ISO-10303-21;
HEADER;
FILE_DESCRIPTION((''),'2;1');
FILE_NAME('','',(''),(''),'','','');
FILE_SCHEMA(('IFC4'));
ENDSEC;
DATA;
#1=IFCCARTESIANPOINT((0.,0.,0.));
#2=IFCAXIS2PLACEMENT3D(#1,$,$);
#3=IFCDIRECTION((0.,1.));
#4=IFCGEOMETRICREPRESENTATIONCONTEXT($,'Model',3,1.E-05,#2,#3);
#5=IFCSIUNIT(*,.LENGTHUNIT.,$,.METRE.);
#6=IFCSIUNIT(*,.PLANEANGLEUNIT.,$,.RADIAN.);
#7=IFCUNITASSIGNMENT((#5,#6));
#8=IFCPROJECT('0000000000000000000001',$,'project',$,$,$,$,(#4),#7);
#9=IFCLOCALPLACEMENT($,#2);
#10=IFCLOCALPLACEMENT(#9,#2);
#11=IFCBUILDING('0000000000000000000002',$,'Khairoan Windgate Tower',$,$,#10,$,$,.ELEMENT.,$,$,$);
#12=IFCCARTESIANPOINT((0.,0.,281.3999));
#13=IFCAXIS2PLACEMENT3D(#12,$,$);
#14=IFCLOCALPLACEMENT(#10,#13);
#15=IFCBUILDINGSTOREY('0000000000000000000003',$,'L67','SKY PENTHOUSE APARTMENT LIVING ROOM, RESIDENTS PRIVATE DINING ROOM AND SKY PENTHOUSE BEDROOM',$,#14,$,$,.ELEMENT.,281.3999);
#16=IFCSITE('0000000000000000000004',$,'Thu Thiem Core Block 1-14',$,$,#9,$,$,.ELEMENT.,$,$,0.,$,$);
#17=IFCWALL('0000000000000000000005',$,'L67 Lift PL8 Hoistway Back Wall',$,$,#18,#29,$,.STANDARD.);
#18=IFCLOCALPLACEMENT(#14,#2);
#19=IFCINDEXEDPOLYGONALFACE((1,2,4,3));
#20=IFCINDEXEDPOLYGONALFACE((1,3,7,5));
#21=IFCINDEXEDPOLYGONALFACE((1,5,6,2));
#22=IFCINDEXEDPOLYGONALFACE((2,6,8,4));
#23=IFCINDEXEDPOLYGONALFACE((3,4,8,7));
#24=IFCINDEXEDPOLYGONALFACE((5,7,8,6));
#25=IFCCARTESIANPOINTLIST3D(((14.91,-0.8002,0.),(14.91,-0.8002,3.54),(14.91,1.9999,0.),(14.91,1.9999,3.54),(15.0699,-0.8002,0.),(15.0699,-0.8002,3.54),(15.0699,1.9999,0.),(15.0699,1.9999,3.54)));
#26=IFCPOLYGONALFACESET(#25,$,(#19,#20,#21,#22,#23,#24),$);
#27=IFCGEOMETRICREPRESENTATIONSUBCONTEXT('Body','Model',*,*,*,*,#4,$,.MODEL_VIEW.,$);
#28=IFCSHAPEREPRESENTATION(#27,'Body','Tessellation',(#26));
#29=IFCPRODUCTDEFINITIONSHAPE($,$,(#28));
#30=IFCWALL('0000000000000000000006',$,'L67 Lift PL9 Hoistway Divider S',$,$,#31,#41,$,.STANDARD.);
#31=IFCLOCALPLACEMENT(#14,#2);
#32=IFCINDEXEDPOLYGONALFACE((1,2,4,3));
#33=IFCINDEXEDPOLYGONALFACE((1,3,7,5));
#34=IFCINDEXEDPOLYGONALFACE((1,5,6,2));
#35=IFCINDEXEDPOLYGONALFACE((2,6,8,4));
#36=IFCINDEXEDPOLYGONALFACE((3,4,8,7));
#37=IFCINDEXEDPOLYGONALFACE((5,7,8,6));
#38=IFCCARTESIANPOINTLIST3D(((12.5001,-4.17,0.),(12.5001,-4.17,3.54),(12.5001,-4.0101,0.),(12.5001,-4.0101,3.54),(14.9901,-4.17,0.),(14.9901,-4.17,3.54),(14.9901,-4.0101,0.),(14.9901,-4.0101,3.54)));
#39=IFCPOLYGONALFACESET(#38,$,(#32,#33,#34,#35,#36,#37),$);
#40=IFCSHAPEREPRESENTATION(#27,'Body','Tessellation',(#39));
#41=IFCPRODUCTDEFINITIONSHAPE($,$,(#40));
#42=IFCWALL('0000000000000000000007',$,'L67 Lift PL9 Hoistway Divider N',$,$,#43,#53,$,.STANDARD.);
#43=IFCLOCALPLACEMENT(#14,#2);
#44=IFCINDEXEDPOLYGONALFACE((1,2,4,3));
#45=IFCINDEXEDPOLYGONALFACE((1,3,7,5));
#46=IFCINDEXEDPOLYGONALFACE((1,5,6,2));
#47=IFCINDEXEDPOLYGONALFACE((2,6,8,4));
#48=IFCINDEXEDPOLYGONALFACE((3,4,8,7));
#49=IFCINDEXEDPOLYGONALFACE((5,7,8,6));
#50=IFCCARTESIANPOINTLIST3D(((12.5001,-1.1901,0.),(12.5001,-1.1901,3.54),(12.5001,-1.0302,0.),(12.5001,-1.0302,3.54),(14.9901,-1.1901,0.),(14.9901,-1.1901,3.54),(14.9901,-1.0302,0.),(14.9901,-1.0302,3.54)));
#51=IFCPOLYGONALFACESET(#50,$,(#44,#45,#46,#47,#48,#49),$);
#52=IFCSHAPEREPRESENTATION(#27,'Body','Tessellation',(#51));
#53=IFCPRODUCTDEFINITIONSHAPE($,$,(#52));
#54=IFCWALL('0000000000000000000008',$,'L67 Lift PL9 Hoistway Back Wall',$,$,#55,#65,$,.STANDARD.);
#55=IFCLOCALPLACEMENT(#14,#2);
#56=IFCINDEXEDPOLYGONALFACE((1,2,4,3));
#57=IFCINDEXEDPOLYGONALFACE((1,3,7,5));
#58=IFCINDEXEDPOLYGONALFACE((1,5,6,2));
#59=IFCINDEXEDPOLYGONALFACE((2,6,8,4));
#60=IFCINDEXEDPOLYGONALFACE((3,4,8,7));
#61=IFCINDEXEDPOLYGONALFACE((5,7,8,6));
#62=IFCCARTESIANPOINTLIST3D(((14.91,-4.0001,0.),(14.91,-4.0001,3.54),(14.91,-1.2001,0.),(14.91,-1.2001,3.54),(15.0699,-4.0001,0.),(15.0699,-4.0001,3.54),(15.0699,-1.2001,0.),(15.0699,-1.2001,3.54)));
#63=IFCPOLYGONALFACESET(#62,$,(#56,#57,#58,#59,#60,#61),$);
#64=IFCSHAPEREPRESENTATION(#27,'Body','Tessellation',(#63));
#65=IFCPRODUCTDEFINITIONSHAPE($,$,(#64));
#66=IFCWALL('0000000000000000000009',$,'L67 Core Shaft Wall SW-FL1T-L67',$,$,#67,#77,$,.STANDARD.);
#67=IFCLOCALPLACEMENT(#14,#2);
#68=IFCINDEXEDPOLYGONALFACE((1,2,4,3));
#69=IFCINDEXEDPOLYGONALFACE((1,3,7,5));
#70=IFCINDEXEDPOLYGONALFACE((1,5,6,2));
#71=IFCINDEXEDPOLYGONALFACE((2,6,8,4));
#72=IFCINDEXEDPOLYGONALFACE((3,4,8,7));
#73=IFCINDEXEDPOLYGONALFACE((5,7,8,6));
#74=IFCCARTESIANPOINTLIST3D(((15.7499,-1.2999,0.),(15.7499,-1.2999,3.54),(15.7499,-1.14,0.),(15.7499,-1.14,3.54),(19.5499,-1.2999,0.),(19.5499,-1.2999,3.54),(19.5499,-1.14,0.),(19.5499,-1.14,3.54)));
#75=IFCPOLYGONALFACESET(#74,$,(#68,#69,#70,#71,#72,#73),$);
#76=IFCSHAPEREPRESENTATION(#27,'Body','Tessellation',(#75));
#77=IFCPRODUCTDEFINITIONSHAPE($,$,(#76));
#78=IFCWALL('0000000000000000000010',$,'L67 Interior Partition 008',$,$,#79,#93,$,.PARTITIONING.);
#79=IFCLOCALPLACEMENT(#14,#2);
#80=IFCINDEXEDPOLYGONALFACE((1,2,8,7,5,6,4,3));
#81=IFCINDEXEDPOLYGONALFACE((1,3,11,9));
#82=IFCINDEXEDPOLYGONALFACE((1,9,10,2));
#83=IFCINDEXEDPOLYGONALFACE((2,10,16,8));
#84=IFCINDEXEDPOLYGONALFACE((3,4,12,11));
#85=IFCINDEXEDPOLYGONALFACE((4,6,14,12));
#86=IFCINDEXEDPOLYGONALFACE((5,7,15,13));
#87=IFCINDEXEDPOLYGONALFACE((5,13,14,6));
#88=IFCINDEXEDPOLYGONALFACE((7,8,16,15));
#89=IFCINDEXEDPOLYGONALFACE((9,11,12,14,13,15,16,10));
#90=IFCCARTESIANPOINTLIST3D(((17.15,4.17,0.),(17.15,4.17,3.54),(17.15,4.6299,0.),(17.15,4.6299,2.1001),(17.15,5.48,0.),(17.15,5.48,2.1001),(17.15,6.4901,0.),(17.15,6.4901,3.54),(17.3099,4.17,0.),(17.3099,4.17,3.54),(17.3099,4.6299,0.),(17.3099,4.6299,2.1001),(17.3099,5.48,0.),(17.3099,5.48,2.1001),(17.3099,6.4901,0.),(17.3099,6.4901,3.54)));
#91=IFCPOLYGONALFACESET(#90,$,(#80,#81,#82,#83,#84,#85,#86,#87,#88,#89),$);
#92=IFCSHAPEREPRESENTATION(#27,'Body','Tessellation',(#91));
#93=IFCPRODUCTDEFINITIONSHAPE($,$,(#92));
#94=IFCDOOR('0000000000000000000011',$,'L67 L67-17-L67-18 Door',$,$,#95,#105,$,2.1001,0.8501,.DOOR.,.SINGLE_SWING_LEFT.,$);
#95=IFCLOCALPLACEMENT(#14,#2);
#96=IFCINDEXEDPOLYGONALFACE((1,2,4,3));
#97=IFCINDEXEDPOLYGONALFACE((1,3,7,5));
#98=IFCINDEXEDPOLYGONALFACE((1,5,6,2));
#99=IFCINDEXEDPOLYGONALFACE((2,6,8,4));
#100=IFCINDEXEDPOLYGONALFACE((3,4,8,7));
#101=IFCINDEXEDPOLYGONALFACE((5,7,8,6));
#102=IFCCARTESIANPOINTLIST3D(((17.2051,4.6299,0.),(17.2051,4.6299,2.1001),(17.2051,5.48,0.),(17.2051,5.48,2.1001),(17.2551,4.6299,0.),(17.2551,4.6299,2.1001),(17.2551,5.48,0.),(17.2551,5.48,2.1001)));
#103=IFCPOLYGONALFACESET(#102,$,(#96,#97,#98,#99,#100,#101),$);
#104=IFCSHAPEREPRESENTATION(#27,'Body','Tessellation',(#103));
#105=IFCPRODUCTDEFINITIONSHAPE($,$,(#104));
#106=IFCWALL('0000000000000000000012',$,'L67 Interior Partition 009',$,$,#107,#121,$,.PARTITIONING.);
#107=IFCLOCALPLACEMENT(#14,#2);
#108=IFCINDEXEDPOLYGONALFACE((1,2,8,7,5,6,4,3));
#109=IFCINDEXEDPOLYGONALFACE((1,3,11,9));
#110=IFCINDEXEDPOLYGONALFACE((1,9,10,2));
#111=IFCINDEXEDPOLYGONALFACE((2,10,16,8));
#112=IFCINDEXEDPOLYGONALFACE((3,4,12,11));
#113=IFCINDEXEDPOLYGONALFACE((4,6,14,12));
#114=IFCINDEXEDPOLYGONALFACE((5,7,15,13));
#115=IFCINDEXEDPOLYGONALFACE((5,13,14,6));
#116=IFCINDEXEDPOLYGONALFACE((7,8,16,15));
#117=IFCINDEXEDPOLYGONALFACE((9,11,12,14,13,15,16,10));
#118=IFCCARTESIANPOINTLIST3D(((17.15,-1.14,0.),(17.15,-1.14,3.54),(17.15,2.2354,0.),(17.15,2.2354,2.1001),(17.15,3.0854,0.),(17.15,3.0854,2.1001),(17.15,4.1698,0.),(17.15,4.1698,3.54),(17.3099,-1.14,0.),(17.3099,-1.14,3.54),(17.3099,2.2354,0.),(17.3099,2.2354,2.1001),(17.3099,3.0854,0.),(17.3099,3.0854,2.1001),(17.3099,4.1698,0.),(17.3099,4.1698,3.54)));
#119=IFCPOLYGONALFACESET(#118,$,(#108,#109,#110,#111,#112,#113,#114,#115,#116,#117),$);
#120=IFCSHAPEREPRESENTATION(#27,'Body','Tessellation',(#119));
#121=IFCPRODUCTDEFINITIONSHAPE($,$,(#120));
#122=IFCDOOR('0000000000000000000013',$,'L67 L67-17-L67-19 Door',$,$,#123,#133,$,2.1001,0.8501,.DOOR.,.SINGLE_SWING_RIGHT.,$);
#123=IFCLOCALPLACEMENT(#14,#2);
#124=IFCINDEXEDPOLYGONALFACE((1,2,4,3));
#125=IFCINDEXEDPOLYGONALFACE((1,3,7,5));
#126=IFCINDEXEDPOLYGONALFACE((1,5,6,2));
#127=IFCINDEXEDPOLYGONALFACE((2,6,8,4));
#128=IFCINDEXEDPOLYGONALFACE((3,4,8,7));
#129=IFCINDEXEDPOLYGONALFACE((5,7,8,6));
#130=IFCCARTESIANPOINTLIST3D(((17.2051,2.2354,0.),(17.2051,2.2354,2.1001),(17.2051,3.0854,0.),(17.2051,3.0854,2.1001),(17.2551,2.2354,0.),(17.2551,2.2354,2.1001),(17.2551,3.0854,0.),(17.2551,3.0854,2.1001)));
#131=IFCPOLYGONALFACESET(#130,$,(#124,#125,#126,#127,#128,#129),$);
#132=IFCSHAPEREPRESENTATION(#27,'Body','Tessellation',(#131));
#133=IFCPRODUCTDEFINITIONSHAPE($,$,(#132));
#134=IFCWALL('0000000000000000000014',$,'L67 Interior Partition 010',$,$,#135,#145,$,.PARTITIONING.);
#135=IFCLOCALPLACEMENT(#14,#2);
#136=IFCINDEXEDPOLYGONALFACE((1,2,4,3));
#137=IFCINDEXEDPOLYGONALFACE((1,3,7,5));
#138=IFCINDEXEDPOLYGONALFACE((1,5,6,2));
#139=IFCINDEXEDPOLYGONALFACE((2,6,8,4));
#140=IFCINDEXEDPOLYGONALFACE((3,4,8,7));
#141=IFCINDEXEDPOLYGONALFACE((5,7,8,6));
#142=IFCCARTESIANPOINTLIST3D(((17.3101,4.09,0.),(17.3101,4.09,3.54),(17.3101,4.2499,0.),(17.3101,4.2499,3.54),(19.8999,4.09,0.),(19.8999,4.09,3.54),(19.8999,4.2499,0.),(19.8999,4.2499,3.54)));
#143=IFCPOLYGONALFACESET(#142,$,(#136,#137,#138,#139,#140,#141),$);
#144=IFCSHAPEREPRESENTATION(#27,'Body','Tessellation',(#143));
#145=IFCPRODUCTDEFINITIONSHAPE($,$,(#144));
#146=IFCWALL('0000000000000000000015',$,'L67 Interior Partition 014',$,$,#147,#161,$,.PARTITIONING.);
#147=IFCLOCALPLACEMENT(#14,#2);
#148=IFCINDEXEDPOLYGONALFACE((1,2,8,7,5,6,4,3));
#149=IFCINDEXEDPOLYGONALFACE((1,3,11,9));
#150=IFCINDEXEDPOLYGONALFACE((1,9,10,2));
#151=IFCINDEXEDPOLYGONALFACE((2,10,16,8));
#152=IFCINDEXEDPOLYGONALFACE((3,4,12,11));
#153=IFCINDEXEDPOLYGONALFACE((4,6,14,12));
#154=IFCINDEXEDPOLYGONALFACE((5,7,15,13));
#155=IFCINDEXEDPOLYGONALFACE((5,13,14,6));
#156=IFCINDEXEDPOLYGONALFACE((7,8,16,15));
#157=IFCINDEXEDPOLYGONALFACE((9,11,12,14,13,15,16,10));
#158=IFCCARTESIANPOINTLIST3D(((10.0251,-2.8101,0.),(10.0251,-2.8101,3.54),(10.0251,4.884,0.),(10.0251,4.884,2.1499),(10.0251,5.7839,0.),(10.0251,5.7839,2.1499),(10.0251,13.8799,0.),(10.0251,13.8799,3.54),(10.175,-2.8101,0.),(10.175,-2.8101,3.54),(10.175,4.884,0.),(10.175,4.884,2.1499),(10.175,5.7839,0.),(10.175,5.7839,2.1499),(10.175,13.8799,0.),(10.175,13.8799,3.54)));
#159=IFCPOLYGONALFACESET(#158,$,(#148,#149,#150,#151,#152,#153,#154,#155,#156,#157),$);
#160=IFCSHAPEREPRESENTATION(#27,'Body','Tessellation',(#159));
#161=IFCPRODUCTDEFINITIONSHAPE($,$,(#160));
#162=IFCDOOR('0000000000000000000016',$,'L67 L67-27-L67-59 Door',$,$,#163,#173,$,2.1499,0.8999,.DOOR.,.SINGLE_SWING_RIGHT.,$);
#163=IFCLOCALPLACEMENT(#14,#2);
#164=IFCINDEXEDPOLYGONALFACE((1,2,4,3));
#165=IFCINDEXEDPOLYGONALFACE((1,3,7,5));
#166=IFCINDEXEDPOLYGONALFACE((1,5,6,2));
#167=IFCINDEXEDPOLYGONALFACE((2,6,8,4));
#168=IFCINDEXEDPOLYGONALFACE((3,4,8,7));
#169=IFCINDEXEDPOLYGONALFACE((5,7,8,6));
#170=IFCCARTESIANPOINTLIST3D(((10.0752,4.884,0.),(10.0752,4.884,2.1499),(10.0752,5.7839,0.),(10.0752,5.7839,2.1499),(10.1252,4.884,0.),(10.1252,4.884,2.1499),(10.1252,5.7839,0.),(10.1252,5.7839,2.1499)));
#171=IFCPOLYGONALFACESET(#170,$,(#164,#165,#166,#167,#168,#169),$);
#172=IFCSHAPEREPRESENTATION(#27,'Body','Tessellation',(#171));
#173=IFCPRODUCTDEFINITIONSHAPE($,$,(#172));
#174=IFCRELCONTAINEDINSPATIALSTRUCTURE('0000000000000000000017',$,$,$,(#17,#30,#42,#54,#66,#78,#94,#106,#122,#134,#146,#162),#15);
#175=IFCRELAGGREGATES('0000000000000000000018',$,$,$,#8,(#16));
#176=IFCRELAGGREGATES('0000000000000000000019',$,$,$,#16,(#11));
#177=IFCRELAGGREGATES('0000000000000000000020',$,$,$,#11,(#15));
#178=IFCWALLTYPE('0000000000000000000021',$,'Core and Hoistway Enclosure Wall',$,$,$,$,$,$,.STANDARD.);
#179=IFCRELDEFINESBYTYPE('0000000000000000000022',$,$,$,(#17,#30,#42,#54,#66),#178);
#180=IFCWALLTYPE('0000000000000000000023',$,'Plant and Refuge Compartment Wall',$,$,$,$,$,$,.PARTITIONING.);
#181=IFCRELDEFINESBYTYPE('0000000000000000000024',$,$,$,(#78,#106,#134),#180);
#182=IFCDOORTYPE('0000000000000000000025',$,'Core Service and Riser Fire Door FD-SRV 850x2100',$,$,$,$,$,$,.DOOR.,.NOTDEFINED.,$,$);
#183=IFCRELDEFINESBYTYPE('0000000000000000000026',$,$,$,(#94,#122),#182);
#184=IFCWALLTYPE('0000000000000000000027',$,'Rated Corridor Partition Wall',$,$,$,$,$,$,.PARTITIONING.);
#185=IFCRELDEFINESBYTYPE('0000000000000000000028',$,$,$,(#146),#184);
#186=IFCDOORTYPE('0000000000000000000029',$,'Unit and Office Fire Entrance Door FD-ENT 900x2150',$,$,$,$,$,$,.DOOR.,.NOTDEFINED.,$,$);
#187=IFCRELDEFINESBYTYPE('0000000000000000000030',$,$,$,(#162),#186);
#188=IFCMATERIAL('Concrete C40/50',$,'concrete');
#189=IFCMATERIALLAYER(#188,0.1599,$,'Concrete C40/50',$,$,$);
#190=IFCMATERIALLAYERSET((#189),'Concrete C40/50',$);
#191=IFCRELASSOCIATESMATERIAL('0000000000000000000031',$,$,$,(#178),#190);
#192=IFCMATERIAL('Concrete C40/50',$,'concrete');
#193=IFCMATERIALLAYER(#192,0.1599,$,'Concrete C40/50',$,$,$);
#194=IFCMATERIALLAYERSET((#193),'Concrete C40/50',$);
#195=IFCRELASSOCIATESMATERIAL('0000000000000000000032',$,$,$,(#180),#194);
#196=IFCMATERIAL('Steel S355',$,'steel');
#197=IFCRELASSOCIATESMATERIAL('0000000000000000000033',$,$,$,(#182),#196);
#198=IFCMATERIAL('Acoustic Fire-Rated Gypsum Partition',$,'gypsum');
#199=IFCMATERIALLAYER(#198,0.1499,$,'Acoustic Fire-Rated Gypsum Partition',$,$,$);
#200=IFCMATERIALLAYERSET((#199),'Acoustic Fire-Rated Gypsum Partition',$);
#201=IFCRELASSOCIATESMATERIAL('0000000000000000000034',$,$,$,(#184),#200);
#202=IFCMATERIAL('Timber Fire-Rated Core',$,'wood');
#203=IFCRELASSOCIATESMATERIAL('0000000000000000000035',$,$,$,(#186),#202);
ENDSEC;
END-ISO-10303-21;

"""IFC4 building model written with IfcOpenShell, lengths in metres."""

from ifc_helpers import new_model, si_unit, direction, frame, frame_2d, origin, place, context, subcontext, project, spatial, rectangle, extrude, material, layer, layer_set, type_object, element, fill, save


model = new_model("IFC4")

# Units and contexts
model_context = context("Model", 3, precision=1e-05, world=origin(), true_north=direction((0.0, 1.0)))
body_context = subcontext(model_context, "Body", "Model", "MODEL_VIEW")
ifc_project = project(units=[si_unit("LENGTHUNIT", "METRE"), si_unit("PLANEANGLEUNIT", "RADIAN")], contexts=[model_context])

# Site, building, storey
site_placement = place(None, origin())
site = spatial("IfcSite", under=ifc_project, at=site_placement, Name="Thu Thiem Core Block 1-14", CompositionType="ELEMENT", RefElevation=0.0)
building_placement = place(site_placement, origin())
building = spatial("IfcBuilding", under=site, at=building_placement, Name="Khairoan Windgate Tower", CompositionType="ELEMENT")
storey_placement = place(building_placement, frame((0.0, 0.0, 281.3999)))
storey = spatial("IfcBuildingStorey", under=building, at=storey_placement, Name="L67", Description="SKY PENTHOUSE APARTMENT LIVING ROOM, RESIDENTS PRIVATE DINING ROOM AND SKY PENTHOUSE BEDROOM", CompositionType="ELEMENT", Elevation=281.3999)

# Walls
ifc_material_1 = material(Name="Concrete C40/50", Category="concrete")
ifc_layer_1 = layer(ifc_material_1, 0.1599, Name="Concrete C40/50")
ifc_layer_set_1 = layer_set([ifc_layer_1], Name="Concrete C40/50")
wall_type_1 = type_object("IfcWallType", Name="Core and Hoistway Enclosure Wall", PredefinedType="STANDARD", material=ifc_layer_set_1)
wall_1_placement = place(storey_placement, frame((14.99, -0.8, 0.0), z_axis=(0.0, 0.0, 1.0), x_axis=(0.0, 1.0, 0.0)))
element("IfcWall", 1, at=wall_1_placement, inside=storey, type_object=wall_type_1, Name="L67 Lift PL8 Hoistway Back Wall", PredefinedType="STANDARD", context=body_context, shape_type="SweptSolid", body=[
    extrude(rectangle(XDim=2.8, YDim=0.1599, at=frame_2d((1.3999, 0.0))), origin(), (0.0, 0.0, 1.0), 3.54),
])
for number, where, z_axis, x_axis, name in (
    (2, (12.5, -4.0901, 0.0), (0.0, 0.0, 1.0), (1.0, 0.0, 0.0), "L67 Lift PL9 Hoistway Divider S"),
    (3, (12.5, -1.1101, 0.0), (0.0, 0.0, 1.0), (1.0, 0.0, 0.0), "L67 Lift PL9 Hoistway Divider N"),
):
    element("IfcWall", number, at=place(storey_placement, frame(where, z_axis=z_axis, x_axis=x_axis)), inside=storey, type_object=wall_type_1, Name=name, PredefinedType="STANDARD", context=body_context, shape_type="SweptSolid", body=[
        extrude(rectangle(XDim=2.49, YDim=0.1599, at=frame_2d((1.2451, 0.0))), origin(), (0.0, 0.0, 1.0), 3.54),
    ])
wall_2_placement = place(storey_placement, frame((14.99, -4.0, 0.0), z_axis=(0.0, 0.0, 1.0), x_axis=(0.0, 1.0, 0.0)))
element("IfcWall", 4, at=wall_2_placement, inside=storey, type_object=wall_type_1, Name="L67 Lift PL9 Hoistway Back Wall", PredefinedType="STANDARD", context=body_context, shape_type="SweptSolid", body=[
    extrude(rectangle(XDim=2.8, YDim=0.1599, at=frame_2d((1.3999, 0.0))), origin(), (0.0, 0.0, 1.0), 3.54),
])
wall_3_placement = place(storey_placement, frame((15.75, -1.22, 0.0), z_axis=(0.0, 0.0, 1.0), x_axis=(1.0, 0.0, 0.0)))
element("IfcWall", 5, at=wall_3_placement, inside=storey, type_object=wall_type_1, Name="L67 Core Shaft Wall SW-FL1T-L67", PredefinedType="STANDARD", context=body_context, shape_type="SweptSolid", body=[
    extrude(rectangle(XDim=3.8, YDim=0.1599, at=frame_2d((1.8999, 0.0))), origin(), (0.0, 0.0, 1.0), 3.54),
])

# Walls, openings, doors
ifc_material_2 = material(Name="Concrete C40/50", Category="concrete")
ifc_layer_2 = layer(ifc_material_2, 0.1599, Name="Concrete C40/50")
ifc_layer_set_2 = layer_set([ifc_layer_2], Name="Concrete C40/50")
wall_type_2 = type_object("IfcWallType", Name="Plant and Refuge Compartment Wall", PredefinedType="PARTITIONING", material=ifc_layer_set_2)
wall_4_placement = place(storey_placement, frame((17.23, 4.1699, 0.0), z_axis=(0.0, 0.0, 1.0), x_axis=(0.0, 1.0, 0.0)))
wall_4 = element("IfcWall", 6, at=wall_4_placement, inside=storey, type_object=wall_type_2, Name="L67 Interior Partition 008", PredefinedType="PARTITIONING", context=body_context, shape_type="SweptSolid", body=[
    extrude(rectangle(XDim=2.3201, YDim=0.1599, at=frame_2d((1.1602, 0.0))), origin(), (0.0, 0.0, 1.0), 3.54),
])
opening_1_placement = place(wall_4_placement, frame((0.46, 0.0, 0.0)))
opening_1 = element("IfcOpeningElement", 7, at=opening_1_placement, cuts=wall_4, PredefinedType="OPENING", context=body_context, shape_type="SweptSolid", body=[
    extrude(rectangle(XDim=0.8501, YDim=2.1001, at=frame_2d((0.425, 1.05))), frame((0.0, 0.0898, 0.0), z_axis=(0.0, -1.0, 0.0), x_axis=(1.0, 0.0, 0.0)), (0.0, 0.0, 1.0), 0.1799),
])
ifc_material_3 = material(Name="Steel S355", Category="steel")
door_type_1 = type_object("IfcDoorType", Name="Core Service and Riser Fire Door FD-SRV 850x2100", OperationType="NOTDEFINED", PredefinedType="DOOR", material=ifc_material_3)
door_1_placement = place(opening_1_placement, origin())
door_1 = element("IfcDoor", 8, at=door_1_placement, inside=storey, type_object=door_type_1, Name="L67 L67-17-L67-18 Door", OperationType="SINGLE_SWING_LEFT", OverallHeight=2.1001, OverallWidth=0.8501, PredefinedType="DOOR", context=body_context, shape_type="SweptSolid", body=[
    extrude(rectangle(XDim=0.8501, YDim=2.1001, at=frame_2d((0.425, 1.05))), frame((0.0, 0.0249, 0.0), z_axis=(0.0, -1.0, 0.0), x_axis=(1.0, 0.0, 0.0)), (0.0, 0.0, 1.0), 0.05),
])
fill(opening_1, door_1)
wall_5_placement = place(storey_placement, frame((17.23, -1.1399, 0.0), z_axis=(0.0, 0.0, 1.0), x_axis=(0.0, 1.0, 0.0)))
wall_5 = element("IfcWall", 9, at=wall_5_placement, inside=storey, type_object=wall_type_2, Name="L67 Interior Partition 009", PredefinedType="PARTITIONING", context=body_context, shape_type="SweptSolid", body=[
    extrude(rectangle(XDim=5.3098, YDim=0.1599, at=frame_2d((2.6548, 0.0))), origin(), (0.0, 0.0, 1.0), 3.54),
])
opening_2_placement = place(wall_5_placement, frame((3.3752, 0.0, 0.0)))
opening_2 = element("IfcOpeningElement", 10, at=opening_2_placement, cuts=wall_5, PredefinedType="OPENING", context=body_context, shape_type="SweptSolid", body=[
    extrude(rectangle(XDim=0.8501, YDim=2.1001, at=frame_2d((0.425, 1.05))), frame((0.0, 0.0898, 0.0), z_axis=(0.0, -1.0, 0.0), x_axis=(1.0, 0.0, 0.0)), (0.0, 0.0, 1.0), 0.1799),
])
door_2_placement = place(opening_2_placement, origin())
door_2 = element("IfcDoor", 11, at=door_2_placement, inside=storey, type_object=door_type_1, Name="L67 L67-17-L67-19 Door", OperationType="SINGLE_SWING_RIGHT", OverallHeight=2.1001, OverallWidth=0.8501, PredefinedType="DOOR", context=body_context, shape_type="SweptSolid", body=[
    extrude(rectangle(XDim=0.8501, YDim=2.1001, at=frame_2d((0.425, 1.05))), frame((0.0, 0.0249, 0.0), z_axis=(0.0, -1.0, 0.0), x_axis=(1.0, 0.0, 0.0)), (0.0, 0.0, 1.0), 0.05),
])
fill(opening_2, door_2)

# Wall
wall_6_placement = place(storey_placement, frame((17.3101, 4.1699, 0.0), z_axis=(0.0, 0.0, 1.0), x_axis=(1.0, 0.0, 0.0)))
element("IfcWall", 12, at=wall_6_placement, inside=storey, type_object=wall_type_2, Name="L67 Interior Partition 010", PredefinedType="PARTITIONING", context=body_context, shape_type="SweptSolid", body=[
    extrude(rectangle(XDim=2.5898, YDim=0.1599, at=frame_2d((1.2949, 0.0))), origin(), (0.0, 0.0, 1.0), 3.54),
])

# Wall, opening, door
ifc_material_4 = material(Name="Acoustic Fire-Rated Gypsum Partition", Category="gypsum")
ifc_layer_3 = layer(ifc_material_4, 0.1499, Name="Acoustic Fire-Rated Gypsum Partition")
ifc_layer_set_3 = layer_set([ifc_layer_3], Name="Acoustic Fire-Rated Gypsum Partition")
wall_type_3 = type_object("IfcWallType", Name="Rated Corridor Partition Wall", PredefinedType="PARTITIONING", material=ifc_layer_set_3)
wall_7_placement = place(storey_placement, frame((10.1001, -2.8101, 0.0), z_axis=(0.0, 0.0, 1.0), x_axis=(0.0, 1.0, 0.0)))
wall_7 = element("IfcWall", 13, at=wall_7_placement, inside=storey, type_object=wall_type_3, Name="L67 Interior Partition 014", PredefinedType="PARTITIONING", context=body_context, shape_type="SweptSolid", body=[
    extrude(rectangle(XDim=16.6899, YDim=0.1499, at=frame_2d((8.345, 0.0))), origin(), (0.0, 0.0, 1.0), 3.54),
])
opening_3_placement = place(wall_7_placement, frame((7.6941, 0.0, 0.0)))
opening_3 = element("IfcOpeningElement", 14, at=opening_3_placement, cuts=wall_7, PredefinedType="OPENING", context=body_context, shape_type="SweptSolid", body=[
    extrude(rectangle(XDim=0.8999, YDim=2.1499, at=frame_2d((0.45, 1.075))), frame((0.0, 0.085, 0.0), z_axis=(0.0, -1.0, 0.0), x_axis=(1.0, 0.0, 0.0)), (0.0, 0.0, 1.0), 0.1699),
])
ifc_material_5 = material(Name="Timber Fire-Rated Core", Category="wood")
door_type_2 = type_object("IfcDoorType", Name="Unit and Office Fire Entrance Door FD-ENT 900x2150", OperationType="NOTDEFINED", PredefinedType="DOOR", material=ifc_material_5)
door_3_placement = place(opening_3_placement, origin())
door_3 = element("IfcDoor", 15, at=door_3_placement, inside=storey, type_object=door_type_2, Name="L67 L67-27-L67-59 Door", OperationType="SINGLE_SWING_RIGHT", OverallHeight=2.1499, OverallWidth=0.8999, PredefinedType="DOOR", context=body_context, shape_type="SweptSolid", body=[
    extrude(rectangle(XDim=0.8999, YDim=2.1499, at=frame_2d((0.45, 1.075))), frame((0.0, 0.0249, 0.0), z_axis=(0.0, -1.0, 0.0), x_axis=(1.0, 0.0, 0.0)), (0.0, 0.0, 1.0), 0.05),
])
fill(opening_3, door_3)

save(model, "model.ifc")
